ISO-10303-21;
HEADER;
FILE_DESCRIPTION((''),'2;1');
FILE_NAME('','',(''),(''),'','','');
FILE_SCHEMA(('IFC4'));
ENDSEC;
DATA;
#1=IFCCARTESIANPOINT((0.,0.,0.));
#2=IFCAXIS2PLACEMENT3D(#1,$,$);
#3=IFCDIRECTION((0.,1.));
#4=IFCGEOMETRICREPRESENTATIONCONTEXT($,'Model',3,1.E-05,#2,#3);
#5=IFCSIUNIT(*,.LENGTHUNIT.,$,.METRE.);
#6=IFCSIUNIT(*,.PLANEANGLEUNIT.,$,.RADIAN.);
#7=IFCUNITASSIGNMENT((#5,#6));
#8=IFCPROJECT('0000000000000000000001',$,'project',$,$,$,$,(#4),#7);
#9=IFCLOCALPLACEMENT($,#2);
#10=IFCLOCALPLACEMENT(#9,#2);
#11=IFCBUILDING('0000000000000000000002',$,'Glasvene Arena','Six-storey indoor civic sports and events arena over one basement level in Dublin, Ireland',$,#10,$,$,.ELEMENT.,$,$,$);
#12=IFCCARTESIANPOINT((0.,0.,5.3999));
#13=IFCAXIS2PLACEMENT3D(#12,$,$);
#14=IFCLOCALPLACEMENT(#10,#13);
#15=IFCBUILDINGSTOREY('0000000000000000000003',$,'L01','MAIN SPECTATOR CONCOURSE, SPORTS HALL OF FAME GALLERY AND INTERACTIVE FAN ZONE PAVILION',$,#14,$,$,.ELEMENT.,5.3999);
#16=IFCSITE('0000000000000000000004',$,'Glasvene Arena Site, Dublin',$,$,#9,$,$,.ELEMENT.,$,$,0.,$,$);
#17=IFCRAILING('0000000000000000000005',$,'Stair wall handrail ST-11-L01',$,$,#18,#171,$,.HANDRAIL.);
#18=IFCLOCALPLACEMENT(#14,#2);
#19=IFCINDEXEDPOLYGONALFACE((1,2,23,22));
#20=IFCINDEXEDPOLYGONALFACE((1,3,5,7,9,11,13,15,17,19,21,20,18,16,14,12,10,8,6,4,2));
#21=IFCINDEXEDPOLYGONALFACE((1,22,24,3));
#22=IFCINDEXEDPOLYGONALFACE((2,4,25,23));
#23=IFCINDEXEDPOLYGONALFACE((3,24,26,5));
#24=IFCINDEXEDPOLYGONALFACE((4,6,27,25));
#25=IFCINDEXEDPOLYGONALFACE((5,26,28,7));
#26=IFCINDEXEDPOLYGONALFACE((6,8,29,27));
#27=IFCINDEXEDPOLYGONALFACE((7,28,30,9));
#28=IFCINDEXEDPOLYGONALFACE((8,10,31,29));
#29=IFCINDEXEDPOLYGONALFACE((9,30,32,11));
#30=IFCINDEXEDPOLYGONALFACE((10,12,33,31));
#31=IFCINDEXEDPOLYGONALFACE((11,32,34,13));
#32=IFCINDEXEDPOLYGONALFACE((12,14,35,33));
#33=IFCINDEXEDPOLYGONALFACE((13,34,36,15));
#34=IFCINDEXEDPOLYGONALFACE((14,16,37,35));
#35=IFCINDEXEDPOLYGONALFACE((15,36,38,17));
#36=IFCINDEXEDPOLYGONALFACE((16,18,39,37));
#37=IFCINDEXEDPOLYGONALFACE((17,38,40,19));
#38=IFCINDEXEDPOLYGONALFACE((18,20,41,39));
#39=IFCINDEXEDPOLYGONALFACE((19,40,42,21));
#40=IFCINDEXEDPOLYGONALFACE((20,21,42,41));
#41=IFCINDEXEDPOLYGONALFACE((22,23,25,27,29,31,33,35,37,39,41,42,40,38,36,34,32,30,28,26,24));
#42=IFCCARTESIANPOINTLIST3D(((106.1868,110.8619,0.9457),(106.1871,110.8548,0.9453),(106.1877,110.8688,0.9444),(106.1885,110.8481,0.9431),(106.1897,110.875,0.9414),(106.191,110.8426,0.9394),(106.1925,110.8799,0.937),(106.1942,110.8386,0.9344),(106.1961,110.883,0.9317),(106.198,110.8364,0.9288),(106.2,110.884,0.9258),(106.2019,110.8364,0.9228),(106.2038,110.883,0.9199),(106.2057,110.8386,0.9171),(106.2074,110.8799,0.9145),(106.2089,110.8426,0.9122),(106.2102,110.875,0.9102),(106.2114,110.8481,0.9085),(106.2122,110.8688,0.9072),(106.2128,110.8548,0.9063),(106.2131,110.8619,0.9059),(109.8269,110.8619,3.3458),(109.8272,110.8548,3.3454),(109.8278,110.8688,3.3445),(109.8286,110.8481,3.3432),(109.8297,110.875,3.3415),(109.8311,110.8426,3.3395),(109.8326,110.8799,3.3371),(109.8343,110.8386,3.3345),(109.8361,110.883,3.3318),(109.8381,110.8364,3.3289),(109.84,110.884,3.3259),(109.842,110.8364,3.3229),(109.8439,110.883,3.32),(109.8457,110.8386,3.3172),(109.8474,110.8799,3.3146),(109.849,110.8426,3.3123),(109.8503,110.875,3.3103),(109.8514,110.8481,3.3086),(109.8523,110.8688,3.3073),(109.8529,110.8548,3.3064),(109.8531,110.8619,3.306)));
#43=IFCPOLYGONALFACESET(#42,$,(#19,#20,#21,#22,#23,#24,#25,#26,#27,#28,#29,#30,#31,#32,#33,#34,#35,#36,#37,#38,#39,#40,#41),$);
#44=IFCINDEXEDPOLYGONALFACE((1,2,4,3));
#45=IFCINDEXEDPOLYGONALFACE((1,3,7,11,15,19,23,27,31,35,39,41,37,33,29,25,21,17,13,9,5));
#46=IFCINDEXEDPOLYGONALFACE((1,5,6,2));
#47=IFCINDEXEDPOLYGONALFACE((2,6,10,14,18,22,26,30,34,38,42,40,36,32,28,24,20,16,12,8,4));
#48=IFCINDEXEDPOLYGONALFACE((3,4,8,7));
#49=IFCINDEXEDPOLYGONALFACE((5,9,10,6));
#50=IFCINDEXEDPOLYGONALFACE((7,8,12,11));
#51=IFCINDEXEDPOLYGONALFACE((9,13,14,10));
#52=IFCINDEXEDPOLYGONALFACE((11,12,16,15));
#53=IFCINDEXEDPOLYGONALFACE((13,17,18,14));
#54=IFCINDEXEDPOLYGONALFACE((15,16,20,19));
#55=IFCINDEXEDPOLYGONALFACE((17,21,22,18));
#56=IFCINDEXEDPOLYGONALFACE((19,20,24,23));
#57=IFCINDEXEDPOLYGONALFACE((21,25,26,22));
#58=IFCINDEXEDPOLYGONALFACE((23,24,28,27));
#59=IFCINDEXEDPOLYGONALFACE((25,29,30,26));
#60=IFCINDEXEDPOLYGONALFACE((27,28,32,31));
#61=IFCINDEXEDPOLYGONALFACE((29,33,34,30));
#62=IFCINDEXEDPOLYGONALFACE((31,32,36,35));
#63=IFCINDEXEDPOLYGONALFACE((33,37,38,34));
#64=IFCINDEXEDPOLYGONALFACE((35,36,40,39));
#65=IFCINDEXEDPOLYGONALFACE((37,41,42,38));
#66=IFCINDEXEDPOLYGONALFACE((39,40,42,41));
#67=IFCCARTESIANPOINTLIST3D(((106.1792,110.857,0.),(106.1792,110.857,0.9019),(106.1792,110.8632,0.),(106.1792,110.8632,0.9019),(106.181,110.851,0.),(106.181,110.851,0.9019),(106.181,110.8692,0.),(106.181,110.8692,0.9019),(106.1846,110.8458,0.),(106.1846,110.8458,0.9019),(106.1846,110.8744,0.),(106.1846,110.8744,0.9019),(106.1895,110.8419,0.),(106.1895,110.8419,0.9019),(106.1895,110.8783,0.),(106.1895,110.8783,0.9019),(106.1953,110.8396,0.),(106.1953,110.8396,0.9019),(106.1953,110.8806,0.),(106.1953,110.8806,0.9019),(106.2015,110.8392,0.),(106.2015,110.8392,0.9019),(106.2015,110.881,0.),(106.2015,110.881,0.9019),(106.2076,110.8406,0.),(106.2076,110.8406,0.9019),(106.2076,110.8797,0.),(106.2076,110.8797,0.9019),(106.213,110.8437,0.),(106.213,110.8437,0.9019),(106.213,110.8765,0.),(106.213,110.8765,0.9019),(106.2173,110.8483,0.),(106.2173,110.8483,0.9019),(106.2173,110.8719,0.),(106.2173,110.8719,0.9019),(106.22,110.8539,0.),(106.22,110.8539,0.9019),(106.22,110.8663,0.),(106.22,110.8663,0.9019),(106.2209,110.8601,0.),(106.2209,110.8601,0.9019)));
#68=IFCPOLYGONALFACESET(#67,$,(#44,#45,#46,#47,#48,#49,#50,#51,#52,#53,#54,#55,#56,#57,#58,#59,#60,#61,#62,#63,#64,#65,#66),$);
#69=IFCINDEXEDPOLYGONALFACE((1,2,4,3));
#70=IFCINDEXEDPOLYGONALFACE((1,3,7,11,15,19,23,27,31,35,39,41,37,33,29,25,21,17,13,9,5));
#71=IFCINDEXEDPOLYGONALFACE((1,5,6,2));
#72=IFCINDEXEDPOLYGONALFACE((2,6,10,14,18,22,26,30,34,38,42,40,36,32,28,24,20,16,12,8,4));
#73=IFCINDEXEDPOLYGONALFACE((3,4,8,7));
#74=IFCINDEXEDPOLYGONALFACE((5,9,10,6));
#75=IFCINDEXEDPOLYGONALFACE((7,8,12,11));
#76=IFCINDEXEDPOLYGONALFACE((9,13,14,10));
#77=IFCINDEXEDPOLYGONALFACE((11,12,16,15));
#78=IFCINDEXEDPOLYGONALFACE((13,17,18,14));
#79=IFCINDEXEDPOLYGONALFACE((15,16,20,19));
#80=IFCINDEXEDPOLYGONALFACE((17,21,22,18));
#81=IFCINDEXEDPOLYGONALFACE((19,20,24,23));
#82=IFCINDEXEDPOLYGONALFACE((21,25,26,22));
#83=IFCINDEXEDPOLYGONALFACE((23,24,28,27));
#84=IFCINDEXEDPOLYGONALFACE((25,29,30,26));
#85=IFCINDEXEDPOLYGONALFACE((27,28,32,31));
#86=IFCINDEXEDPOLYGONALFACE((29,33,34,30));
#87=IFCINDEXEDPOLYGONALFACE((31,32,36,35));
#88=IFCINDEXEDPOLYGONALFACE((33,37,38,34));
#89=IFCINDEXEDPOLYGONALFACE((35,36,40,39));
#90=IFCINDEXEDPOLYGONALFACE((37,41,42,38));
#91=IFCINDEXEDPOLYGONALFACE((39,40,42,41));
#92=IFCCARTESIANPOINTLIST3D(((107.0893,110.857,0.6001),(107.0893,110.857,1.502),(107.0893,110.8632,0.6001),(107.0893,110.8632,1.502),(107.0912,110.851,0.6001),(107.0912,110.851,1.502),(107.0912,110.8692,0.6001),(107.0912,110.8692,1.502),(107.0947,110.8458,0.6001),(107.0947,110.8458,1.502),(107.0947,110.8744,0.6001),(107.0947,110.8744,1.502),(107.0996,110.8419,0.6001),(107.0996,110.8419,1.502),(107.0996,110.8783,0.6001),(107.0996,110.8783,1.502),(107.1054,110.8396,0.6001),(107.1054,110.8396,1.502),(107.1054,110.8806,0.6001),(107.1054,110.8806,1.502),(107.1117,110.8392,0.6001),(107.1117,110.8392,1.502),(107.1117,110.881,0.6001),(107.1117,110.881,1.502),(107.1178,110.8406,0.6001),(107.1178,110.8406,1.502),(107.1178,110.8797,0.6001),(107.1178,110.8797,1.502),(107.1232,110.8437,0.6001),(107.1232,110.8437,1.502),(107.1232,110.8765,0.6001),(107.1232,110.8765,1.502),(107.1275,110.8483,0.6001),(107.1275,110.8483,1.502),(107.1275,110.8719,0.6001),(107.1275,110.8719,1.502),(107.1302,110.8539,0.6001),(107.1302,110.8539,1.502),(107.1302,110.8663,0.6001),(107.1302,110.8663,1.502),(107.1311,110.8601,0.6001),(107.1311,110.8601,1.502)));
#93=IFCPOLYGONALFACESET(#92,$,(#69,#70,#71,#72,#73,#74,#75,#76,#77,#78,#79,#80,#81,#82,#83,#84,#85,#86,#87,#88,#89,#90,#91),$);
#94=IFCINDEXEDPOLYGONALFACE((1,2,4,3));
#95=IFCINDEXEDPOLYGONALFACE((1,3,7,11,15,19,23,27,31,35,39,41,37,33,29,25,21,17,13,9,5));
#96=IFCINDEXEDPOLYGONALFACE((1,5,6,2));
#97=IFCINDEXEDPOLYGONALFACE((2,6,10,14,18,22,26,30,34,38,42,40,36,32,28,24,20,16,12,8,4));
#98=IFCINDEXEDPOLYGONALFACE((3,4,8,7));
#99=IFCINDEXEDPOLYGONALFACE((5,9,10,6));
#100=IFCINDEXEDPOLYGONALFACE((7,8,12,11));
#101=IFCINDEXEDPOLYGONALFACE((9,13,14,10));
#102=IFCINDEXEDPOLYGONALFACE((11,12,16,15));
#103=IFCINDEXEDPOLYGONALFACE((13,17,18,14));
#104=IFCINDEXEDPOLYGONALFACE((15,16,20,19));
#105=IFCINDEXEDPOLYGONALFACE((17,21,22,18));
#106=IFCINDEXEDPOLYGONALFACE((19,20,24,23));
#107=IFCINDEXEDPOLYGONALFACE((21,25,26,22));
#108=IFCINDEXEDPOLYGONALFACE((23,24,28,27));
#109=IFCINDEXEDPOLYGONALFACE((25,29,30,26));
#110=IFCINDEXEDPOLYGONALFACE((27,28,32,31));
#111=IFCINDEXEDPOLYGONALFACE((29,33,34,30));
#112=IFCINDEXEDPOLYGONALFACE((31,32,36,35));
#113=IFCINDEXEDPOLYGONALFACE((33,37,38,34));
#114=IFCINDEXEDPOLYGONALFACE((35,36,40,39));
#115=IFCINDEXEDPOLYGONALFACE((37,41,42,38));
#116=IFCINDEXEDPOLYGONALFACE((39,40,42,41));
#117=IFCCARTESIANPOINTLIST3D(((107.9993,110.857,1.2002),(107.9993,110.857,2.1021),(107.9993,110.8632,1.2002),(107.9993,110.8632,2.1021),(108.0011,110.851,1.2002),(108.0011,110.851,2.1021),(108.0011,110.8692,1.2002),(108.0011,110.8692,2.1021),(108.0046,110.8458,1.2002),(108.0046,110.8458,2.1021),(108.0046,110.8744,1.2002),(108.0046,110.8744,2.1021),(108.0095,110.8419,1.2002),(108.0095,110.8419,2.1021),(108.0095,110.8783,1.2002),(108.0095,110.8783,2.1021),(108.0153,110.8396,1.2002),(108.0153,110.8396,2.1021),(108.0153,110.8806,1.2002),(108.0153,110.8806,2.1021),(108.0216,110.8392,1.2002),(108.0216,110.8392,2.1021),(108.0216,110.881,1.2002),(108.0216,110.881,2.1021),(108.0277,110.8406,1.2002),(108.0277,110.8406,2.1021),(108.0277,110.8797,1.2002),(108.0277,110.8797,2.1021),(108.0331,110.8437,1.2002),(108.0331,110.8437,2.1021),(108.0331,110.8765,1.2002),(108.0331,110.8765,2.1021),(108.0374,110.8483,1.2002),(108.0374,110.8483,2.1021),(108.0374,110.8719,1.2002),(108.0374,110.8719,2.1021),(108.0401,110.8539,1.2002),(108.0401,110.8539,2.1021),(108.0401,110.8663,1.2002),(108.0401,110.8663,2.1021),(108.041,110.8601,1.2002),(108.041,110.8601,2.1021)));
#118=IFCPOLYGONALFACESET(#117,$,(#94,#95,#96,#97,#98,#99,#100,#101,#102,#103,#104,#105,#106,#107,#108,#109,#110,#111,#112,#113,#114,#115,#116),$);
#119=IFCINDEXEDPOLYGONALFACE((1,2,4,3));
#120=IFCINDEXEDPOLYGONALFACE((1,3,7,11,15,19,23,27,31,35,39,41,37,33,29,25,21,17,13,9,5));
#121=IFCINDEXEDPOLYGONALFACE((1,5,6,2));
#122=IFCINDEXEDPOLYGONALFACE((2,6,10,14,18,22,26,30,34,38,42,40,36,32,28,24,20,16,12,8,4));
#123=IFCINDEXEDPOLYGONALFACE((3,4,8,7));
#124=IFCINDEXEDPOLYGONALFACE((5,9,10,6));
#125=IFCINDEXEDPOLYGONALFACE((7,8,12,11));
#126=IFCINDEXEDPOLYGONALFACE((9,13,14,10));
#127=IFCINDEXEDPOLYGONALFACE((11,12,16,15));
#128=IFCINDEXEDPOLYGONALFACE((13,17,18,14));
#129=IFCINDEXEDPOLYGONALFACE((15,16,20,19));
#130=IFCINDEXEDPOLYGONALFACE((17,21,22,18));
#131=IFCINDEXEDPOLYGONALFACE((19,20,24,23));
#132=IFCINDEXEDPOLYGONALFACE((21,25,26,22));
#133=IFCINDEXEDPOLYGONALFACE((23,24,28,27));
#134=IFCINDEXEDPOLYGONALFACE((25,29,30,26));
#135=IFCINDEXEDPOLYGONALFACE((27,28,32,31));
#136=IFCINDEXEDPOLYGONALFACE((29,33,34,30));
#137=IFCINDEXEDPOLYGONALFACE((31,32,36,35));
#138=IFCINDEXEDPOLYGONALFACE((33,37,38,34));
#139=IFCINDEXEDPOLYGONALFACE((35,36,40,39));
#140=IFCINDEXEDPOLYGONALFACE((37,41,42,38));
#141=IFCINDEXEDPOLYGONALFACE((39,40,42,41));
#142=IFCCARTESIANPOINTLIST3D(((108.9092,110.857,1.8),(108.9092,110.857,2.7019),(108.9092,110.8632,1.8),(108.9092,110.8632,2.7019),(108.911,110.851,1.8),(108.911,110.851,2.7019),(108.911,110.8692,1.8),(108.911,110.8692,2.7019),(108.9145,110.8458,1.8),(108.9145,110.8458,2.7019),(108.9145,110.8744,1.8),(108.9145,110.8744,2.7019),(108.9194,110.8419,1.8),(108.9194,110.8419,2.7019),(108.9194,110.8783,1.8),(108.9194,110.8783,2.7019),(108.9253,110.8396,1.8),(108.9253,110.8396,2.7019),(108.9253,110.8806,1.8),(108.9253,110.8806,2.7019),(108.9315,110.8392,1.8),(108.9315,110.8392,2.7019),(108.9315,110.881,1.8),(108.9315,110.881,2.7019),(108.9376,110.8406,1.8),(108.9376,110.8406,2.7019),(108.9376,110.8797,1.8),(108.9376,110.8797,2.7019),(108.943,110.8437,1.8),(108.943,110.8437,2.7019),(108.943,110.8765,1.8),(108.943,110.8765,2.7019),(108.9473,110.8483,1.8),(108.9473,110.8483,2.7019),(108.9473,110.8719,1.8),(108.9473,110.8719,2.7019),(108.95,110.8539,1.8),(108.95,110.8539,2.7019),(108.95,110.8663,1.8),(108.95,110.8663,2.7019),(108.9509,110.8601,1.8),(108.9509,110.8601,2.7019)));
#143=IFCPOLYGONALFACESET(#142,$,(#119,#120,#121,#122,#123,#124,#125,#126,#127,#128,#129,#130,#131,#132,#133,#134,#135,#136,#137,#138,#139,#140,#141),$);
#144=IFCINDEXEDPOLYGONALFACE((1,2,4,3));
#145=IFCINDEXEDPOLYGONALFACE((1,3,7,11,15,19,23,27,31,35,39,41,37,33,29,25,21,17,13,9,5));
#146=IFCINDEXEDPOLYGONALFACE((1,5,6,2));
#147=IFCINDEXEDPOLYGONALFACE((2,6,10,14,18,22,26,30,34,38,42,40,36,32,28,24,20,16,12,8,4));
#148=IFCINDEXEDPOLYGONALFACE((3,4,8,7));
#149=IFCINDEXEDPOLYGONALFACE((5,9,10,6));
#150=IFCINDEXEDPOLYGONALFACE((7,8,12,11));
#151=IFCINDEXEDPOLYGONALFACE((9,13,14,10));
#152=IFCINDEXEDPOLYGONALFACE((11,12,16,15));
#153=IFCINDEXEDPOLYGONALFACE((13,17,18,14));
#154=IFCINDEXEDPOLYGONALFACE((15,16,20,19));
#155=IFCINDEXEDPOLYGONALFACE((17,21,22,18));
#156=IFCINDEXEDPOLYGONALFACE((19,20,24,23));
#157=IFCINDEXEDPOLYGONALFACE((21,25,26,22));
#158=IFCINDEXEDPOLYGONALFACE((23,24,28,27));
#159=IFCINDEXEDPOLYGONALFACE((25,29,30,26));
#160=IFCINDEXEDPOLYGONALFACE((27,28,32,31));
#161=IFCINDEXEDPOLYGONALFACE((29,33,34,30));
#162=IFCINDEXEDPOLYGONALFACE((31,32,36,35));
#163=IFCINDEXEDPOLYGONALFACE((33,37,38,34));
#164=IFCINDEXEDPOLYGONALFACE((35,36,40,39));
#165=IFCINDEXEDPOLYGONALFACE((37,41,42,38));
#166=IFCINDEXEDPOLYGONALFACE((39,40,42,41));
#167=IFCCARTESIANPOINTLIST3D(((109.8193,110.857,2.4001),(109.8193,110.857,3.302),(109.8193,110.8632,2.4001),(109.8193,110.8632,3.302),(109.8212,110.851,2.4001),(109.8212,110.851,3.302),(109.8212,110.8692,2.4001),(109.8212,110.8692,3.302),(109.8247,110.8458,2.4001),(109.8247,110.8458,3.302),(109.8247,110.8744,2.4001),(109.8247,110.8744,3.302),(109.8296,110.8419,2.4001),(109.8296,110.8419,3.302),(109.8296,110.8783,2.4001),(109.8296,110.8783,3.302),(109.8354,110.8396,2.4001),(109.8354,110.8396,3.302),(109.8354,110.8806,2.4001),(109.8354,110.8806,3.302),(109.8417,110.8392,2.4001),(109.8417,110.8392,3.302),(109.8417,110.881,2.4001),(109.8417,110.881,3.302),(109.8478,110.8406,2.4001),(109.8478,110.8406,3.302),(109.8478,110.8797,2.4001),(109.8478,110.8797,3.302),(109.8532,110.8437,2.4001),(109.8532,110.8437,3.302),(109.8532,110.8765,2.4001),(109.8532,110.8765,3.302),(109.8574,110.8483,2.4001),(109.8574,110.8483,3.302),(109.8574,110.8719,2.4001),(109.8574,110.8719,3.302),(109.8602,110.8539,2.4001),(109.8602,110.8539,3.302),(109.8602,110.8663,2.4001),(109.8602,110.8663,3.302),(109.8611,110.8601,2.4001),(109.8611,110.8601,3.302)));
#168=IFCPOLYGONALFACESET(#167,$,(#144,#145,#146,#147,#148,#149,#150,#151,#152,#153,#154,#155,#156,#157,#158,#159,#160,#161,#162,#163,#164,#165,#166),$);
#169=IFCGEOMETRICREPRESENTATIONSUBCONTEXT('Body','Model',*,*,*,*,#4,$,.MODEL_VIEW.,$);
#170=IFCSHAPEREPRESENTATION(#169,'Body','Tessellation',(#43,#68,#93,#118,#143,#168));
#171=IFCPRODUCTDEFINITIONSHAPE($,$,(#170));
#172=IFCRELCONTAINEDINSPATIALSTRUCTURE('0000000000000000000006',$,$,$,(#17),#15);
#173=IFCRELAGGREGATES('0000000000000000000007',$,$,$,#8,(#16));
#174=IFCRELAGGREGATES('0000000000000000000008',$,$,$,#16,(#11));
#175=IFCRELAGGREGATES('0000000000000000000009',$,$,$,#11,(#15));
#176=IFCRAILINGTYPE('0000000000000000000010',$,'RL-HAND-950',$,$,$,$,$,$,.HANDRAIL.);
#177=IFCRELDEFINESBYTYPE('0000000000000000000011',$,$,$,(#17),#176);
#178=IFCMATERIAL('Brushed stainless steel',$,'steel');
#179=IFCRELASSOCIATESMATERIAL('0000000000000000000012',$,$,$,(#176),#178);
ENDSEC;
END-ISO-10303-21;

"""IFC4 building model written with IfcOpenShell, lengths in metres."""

from ifc_helpers import new_model, si_unit, direction, frame, origin, origin_2d, place, context, subcontext, project, spatial, circle, extrude, material, type_object, element, save


model = new_model("IFC4")

# Units and contexts
model_context = context("Model", 3, precision=1e-05, world=origin(), true_north=direction((0.0, 1.0)))
body_context = subcontext(model_context, "Body", "Model", "MODEL_VIEW")
ifc_project = project(units=[si_unit("LENGTHUNIT", "METRE"), si_unit("PLANEANGLEUNIT", "RADIAN")], contexts=[model_context])

# Site, building, storey
site_placement = place(None, origin())
site = spatial("IfcSite", under=ifc_project, at=site_placement, Name="Glasvene Arena Site, Dublin", CompositionType="ELEMENT", RefElevation=0.0)
building_placement = place(site_placement, origin())
building = spatial("IfcBuilding", under=site, at=building_placement, Name="Glasvene Arena", Description="Six-storey indoor civic sports and events arena over one basement level in Dublin, Ireland", CompositionType="ELEMENT")
storey_placement = place(building_placement, frame((0.0, 0.0, 5.3999)))
storey = spatial("IfcBuildingStorey", under=building, at=storey_placement, Name="L01", Description="MAIN SPECTATOR CONCOURSE, SPORTS HALL OF FAME GALLERY AND INTERACTIVE FAN ZONE PAVILION", CompositionType="ELEMENT", Elevation=5.3999)

# Railing
ifc_material_1 = material(Name="Brushed stainless steel", Category="steel")
railing_type_1 = type_object("IfcRailingType", Name="RL-HAND-950", PredefinedType="HANDRAIL", material=ifc_material_1)
railing_1_placement = place(storey_placement, frame((106.2, 110.8601, 0.0)))
element("IfcRailing", 1, at=railing_1_placement, inside=storey, type_object=railing_type_1, Name="Stair wall handrail ST-11-L01", PredefinedType="HANDRAIL", context=body_context, shape_type="SweptSolid", body=[
    extrude(circle(Radius=0.0239, at=origin_2d()), frame((0.0, 0.0, 0.9258), z_axis=(0.834856, 0.0, 0.550468), x_axis=(0.0, 1.0, 0.0)), (0.0, 0.0, 1.0), 4.3601),
    extrude(circle(Radius=0.021, at=origin_2d()), origin(), (0.0, 0.0, 1.0), 0.9019),
    extrude(circle(Radius=0.021, at=origin_2d()), frame((0.9102, 0.0, 0.6001)), (0.0, 0.0, 1.0), 0.9019),
    extrude(circle(Radius=0.021, at=origin_2d()), frame((1.8201, 0.0, 1.2002)), (0.0, 0.0, 1.0), 0.9019),
    extrude(circle(Radius=0.021, at=origin_2d()), frame((2.73, 0.0, 1.8)), (0.0, 0.0, 1.0), 0.9019),
    extrude(circle(Radius=0.021, at=origin_2d()), frame((3.6401, 0.0, 2.4001)), (0.0, 0.0, 1.0), 0.9019),
])

save(model, "model.ifc")
